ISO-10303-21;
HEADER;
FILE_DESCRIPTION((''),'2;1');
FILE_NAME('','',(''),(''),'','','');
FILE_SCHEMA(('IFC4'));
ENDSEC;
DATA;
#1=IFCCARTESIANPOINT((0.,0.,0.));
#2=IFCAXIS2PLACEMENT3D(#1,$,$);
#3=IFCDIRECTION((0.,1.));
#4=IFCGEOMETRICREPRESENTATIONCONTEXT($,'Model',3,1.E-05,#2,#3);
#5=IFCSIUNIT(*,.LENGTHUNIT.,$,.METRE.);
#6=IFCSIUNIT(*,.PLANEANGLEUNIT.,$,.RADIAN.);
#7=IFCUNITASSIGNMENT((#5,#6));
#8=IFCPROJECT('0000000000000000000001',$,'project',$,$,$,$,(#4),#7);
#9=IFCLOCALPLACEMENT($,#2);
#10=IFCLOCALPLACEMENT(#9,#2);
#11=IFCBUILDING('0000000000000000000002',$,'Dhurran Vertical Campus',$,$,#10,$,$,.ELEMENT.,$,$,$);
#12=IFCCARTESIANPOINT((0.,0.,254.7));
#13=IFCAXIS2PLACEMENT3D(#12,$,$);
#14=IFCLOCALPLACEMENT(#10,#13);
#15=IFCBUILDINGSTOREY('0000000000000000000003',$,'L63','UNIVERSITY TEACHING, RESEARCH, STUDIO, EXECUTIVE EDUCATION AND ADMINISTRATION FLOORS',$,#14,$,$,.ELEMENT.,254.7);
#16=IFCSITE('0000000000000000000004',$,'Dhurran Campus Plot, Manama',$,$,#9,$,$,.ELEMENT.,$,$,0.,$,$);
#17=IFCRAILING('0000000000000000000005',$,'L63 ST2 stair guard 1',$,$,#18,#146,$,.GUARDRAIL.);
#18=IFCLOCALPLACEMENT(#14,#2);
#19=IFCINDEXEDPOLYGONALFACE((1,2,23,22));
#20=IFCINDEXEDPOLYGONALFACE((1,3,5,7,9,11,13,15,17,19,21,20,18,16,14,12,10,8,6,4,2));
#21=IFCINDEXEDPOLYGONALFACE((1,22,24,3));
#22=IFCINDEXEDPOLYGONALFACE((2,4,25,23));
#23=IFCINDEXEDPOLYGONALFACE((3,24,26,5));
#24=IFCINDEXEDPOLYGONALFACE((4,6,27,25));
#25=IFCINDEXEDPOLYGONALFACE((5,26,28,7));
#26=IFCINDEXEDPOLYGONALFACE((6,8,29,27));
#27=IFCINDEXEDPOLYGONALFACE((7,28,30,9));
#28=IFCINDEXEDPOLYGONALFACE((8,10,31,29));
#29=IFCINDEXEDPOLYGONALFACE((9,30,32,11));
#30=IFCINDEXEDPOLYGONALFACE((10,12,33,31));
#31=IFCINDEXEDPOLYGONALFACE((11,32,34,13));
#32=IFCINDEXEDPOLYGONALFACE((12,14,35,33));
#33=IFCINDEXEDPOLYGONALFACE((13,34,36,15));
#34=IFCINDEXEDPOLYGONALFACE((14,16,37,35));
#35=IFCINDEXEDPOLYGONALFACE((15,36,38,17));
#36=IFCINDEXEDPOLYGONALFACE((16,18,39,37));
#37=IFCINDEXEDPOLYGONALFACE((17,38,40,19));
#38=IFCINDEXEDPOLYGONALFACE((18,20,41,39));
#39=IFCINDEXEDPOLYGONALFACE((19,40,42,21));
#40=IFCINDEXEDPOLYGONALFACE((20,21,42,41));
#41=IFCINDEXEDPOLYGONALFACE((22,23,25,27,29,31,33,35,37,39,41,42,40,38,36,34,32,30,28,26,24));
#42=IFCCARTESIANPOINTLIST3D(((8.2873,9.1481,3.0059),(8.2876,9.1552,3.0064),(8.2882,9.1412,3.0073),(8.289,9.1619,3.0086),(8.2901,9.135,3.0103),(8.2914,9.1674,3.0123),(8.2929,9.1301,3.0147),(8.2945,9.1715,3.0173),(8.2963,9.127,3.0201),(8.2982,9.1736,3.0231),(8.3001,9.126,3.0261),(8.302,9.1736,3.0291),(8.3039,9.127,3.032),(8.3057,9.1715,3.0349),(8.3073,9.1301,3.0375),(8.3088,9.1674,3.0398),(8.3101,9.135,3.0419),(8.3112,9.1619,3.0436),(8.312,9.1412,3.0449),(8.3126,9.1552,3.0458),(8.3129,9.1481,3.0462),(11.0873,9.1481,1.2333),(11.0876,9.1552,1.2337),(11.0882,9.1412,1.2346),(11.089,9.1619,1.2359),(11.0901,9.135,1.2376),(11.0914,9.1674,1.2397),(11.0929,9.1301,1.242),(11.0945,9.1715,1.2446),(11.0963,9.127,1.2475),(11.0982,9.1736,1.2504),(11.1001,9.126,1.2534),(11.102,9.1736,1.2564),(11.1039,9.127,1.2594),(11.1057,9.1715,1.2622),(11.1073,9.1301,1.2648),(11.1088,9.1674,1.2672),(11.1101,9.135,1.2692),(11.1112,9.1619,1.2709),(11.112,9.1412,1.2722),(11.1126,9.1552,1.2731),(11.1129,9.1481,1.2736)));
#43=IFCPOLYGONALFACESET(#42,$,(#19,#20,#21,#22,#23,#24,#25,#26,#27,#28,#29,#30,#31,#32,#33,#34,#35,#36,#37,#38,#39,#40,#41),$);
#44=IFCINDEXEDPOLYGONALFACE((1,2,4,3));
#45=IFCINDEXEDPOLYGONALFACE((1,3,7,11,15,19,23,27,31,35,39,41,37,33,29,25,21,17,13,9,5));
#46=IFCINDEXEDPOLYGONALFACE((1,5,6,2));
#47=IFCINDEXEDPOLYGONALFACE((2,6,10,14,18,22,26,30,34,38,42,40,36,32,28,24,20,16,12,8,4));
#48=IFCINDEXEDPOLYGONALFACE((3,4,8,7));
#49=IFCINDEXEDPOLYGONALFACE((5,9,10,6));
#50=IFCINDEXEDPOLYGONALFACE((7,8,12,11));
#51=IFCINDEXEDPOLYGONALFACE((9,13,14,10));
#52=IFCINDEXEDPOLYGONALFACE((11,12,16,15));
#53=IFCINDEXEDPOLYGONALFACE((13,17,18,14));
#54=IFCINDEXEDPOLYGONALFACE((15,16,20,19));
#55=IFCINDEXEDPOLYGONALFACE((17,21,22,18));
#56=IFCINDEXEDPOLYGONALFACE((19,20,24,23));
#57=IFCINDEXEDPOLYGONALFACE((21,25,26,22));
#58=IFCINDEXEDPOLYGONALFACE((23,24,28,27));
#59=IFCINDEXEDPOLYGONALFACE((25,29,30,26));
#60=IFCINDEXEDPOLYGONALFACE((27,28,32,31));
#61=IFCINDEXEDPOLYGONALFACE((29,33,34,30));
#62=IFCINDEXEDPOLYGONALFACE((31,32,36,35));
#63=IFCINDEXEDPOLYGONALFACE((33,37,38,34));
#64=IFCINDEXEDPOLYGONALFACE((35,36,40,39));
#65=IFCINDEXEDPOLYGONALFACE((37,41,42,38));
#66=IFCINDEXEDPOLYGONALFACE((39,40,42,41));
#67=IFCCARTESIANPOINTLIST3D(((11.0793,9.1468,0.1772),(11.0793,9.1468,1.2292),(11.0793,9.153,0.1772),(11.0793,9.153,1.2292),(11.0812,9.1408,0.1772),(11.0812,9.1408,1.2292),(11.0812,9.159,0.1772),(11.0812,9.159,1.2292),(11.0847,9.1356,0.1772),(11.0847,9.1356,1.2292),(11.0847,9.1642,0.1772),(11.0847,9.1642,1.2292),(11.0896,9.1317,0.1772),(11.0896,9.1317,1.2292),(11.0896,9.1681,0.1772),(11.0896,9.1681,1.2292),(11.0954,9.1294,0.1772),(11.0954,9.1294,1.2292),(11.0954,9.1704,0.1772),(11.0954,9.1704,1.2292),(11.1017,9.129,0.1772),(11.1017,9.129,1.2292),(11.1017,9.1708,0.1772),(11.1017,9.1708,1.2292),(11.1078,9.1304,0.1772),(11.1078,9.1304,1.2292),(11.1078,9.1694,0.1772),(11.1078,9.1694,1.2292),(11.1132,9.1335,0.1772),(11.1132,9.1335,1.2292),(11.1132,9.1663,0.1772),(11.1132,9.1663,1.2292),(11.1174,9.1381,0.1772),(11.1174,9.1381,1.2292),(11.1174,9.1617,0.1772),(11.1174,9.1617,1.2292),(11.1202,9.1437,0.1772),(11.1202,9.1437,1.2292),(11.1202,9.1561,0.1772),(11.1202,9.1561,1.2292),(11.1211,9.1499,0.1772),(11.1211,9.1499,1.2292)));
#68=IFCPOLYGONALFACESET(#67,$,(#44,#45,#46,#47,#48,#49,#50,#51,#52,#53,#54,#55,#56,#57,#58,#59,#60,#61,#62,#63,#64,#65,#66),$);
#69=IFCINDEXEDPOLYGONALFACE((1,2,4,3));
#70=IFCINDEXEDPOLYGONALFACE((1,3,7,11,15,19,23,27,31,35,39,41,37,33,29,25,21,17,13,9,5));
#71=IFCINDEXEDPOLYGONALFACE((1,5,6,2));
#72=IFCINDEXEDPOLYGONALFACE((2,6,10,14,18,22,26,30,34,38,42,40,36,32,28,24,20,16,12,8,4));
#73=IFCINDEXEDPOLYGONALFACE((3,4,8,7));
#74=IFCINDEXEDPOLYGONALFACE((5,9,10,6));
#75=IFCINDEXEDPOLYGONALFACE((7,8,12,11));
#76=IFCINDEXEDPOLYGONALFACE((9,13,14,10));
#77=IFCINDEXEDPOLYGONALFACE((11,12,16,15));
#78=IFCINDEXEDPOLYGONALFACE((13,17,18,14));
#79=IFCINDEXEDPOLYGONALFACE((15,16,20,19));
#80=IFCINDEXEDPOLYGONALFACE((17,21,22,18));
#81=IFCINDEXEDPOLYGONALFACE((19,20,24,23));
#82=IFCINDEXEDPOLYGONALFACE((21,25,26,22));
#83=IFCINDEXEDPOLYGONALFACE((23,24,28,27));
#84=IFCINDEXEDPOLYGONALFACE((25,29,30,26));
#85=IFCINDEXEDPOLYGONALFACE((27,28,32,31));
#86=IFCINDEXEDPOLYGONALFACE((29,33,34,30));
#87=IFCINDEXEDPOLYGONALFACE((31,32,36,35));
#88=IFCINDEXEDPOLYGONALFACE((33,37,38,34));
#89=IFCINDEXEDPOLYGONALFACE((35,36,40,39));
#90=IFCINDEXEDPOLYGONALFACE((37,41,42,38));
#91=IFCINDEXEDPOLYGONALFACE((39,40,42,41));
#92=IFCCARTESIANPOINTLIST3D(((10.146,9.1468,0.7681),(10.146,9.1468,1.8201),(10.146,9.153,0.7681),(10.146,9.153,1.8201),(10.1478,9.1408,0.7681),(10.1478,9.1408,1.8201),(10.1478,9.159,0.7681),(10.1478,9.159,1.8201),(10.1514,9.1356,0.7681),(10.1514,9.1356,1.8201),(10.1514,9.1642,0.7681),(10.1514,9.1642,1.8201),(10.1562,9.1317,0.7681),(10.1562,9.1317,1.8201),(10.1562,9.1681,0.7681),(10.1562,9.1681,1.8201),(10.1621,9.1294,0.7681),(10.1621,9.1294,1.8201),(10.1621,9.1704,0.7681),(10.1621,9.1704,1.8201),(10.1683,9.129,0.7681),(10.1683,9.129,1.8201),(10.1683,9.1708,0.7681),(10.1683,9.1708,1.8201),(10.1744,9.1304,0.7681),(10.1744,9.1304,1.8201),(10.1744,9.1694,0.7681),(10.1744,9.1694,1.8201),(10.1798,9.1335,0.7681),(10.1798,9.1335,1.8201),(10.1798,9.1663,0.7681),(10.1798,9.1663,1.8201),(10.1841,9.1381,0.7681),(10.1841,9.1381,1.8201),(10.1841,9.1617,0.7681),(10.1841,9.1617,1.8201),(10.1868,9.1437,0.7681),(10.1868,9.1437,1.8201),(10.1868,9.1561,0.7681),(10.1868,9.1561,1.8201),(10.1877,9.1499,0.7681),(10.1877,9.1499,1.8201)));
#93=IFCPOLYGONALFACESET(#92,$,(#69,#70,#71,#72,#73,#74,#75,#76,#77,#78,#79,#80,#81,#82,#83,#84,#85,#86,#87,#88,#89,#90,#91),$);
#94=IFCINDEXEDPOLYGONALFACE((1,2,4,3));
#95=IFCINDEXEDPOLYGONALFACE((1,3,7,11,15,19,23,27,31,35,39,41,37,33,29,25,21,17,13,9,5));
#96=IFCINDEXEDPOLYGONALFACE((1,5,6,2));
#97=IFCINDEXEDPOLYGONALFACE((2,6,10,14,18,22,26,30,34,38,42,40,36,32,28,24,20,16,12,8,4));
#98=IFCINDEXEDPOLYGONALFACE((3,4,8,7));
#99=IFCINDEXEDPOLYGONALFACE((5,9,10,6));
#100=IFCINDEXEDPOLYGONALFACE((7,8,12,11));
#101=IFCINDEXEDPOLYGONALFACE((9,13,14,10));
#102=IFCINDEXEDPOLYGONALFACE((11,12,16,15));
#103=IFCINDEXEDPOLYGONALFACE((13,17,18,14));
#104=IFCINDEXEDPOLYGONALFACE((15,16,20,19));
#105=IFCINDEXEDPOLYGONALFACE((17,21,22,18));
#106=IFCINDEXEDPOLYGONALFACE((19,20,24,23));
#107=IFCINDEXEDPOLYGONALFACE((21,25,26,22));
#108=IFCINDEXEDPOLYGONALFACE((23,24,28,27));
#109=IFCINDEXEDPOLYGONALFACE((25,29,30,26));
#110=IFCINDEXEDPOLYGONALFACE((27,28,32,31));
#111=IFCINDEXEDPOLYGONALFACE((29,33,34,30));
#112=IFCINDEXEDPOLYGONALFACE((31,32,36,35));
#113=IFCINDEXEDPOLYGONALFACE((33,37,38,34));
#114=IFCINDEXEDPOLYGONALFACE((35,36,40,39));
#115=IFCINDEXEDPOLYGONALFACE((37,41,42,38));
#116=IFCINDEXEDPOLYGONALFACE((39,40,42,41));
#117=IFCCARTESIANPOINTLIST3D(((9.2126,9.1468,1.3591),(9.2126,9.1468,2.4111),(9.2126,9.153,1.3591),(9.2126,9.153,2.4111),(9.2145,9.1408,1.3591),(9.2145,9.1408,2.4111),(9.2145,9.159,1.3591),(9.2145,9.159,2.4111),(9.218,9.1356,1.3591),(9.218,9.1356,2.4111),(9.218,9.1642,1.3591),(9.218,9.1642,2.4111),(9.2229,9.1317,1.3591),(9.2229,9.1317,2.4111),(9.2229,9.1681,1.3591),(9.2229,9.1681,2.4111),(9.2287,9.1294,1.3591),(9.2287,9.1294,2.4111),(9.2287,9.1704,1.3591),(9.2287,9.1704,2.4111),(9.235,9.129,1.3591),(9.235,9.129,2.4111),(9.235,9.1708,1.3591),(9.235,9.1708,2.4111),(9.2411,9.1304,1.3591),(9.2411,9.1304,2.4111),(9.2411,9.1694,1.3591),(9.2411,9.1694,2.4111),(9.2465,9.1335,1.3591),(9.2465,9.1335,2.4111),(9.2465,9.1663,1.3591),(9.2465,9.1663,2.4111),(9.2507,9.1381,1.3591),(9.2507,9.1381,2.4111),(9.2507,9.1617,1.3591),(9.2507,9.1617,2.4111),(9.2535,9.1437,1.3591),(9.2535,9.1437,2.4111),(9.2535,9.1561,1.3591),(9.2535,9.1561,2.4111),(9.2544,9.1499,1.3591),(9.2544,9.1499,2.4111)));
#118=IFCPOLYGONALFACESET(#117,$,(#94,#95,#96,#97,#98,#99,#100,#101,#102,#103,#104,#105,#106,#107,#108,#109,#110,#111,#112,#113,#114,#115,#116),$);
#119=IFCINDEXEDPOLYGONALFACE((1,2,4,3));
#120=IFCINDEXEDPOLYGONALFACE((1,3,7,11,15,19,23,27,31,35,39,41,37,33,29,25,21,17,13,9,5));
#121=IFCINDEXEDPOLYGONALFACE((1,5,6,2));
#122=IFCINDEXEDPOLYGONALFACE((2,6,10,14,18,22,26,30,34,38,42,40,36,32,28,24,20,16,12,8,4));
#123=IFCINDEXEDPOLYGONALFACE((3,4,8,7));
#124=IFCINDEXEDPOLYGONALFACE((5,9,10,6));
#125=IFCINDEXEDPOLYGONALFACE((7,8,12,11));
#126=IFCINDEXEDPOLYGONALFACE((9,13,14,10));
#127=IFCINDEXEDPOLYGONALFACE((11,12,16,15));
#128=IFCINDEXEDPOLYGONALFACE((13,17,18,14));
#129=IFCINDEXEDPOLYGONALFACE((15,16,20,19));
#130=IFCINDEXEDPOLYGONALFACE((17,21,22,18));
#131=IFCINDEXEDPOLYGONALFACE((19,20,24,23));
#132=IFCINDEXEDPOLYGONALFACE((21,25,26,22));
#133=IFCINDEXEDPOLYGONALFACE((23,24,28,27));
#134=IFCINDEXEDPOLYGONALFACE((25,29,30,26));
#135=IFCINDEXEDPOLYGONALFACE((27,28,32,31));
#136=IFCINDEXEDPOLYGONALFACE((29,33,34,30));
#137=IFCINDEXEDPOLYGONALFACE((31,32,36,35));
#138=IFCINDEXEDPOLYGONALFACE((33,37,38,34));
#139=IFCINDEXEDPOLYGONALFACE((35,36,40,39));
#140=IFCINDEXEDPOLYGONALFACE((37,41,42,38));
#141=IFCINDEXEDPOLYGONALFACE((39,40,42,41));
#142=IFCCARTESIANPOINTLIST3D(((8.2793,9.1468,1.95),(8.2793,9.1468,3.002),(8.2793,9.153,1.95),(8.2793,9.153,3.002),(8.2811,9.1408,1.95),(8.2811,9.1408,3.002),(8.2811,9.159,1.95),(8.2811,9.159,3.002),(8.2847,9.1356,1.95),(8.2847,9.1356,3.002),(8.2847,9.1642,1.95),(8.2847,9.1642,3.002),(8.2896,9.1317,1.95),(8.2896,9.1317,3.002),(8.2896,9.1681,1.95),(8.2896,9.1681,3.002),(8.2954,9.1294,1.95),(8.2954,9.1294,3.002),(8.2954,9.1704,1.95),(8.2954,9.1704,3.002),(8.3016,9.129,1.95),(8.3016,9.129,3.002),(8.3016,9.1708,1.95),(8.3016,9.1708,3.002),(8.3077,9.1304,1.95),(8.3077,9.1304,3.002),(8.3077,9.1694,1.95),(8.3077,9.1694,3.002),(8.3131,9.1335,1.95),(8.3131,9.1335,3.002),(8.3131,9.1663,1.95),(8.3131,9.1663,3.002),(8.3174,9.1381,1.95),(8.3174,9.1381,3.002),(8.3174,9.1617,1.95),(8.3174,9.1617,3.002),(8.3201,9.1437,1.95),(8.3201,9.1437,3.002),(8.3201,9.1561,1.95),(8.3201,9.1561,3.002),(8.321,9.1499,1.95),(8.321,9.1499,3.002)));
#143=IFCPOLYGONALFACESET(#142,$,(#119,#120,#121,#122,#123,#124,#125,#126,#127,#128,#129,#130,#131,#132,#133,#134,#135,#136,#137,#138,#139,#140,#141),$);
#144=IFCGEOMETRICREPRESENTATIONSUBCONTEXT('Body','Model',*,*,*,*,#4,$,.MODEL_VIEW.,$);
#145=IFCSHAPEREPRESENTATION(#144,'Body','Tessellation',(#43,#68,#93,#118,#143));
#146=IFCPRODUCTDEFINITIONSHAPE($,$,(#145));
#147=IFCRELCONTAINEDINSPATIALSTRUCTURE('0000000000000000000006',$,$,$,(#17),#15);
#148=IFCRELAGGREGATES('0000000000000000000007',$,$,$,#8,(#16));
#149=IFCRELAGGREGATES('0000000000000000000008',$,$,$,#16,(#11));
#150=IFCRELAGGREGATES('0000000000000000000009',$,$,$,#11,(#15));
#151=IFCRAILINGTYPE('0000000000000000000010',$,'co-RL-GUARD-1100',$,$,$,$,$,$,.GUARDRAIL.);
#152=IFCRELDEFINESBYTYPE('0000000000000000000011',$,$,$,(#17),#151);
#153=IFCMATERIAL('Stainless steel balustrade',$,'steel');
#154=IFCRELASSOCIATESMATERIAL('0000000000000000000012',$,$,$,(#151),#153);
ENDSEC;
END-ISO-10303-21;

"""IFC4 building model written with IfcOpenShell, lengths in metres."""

from ifc_helpers import new_model, si_unit, direction, frame, origin, origin_2d, place, context, subcontext, project, spatial, circle, extrude, material, type_object, element, save


model = new_model("IFC4")

# Units and contexts
model_context = context("Model", 3, precision=1e-05, world=origin(), true_north=direction((0.0, 1.0)))
body_context = subcontext(model_context, "Body", "Model", "MODEL_VIEW")
ifc_project = project(units=[si_unit("LENGTHUNIT", "METRE"), si_unit("PLANEANGLEUNIT", "RADIAN")], contexts=[model_context])

# Site, building, storey
site_placement = place(None, origin())
site = spatial("IfcSite", under=ifc_project, at=site_placement, Name="Dhurran Campus Plot, Manama", CompositionType="ELEMENT", RefElevation=0.0)
building_placement = place(site_placement, origin())
building = spatial("IfcBuilding", under=site, at=building_placement, Name="Dhurran Vertical Campus", CompositionType="ELEMENT")
storey_placement = place(building_placement, frame((0.0, 0.0, 254.7)))
storey = spatial("IfcBuildingStorey", under=building, at=storey_placement, Name="L63", Description="UNIVERSITY TEACHING, RESEARCH, STUDIO, EXECUTIVE EDUCATION AND ADMINISTRATION FLOORS", CompositionType="ELEMENT", Elevation=254.7)

# Railing
ifc_material_1 = material(Name="Stainless steel balustrade", Category="steel")
railing_type = type_object("IfcRailingType", Name="co-RL-GUARD-1100", PredefinedType="GUARDRAIL", material=ifc_material_1)
railing_1_placement = place(storey_placement, frame((11.1001, 9.1499, 0.1772)))
element("IfcRailing", 1, at=railing_1_placement, inside=storey, type_object=railing_type, Name="L63 ST2 stair guard 1", PredefinedType="GUARDRAIL", context=body_context, shape_type="SweptSolid", body=[
    extrude(circle(Radius=0.0239, at=origin_2d()), frame((0.0, 0.0, 1.0762), z_axis=(-0.844909, 0.0, 0.53491), x_axis=(0.0, -1.0, 0.0)), (0.0, 0.0, 1.0), 3.314),
    extrude(circle(Radius=0.021, at=origin_2d()), origin(), (0.0, 0.0, 1.0), 1.052),
    extrude(circle(Radius=0.021, at=origin_2d()), frame((-0.9333, 0.0, 0.5908)), (0.0, 0.0, 1.0), 1.052),
    extrude(circle(Radius=0.021, at=origin_2d()), frame((-1.8667, 0.0, 1.1819)), (0.0, 0.0, 1.0), 1.052),
    extrude(circle(Radius=0.021, at=origin_2d()), frame((-2.8, 0.0, 1.7727)), (0.0, 0.0, 1.0), 1.052),
])

save(model, "model.ifc")
